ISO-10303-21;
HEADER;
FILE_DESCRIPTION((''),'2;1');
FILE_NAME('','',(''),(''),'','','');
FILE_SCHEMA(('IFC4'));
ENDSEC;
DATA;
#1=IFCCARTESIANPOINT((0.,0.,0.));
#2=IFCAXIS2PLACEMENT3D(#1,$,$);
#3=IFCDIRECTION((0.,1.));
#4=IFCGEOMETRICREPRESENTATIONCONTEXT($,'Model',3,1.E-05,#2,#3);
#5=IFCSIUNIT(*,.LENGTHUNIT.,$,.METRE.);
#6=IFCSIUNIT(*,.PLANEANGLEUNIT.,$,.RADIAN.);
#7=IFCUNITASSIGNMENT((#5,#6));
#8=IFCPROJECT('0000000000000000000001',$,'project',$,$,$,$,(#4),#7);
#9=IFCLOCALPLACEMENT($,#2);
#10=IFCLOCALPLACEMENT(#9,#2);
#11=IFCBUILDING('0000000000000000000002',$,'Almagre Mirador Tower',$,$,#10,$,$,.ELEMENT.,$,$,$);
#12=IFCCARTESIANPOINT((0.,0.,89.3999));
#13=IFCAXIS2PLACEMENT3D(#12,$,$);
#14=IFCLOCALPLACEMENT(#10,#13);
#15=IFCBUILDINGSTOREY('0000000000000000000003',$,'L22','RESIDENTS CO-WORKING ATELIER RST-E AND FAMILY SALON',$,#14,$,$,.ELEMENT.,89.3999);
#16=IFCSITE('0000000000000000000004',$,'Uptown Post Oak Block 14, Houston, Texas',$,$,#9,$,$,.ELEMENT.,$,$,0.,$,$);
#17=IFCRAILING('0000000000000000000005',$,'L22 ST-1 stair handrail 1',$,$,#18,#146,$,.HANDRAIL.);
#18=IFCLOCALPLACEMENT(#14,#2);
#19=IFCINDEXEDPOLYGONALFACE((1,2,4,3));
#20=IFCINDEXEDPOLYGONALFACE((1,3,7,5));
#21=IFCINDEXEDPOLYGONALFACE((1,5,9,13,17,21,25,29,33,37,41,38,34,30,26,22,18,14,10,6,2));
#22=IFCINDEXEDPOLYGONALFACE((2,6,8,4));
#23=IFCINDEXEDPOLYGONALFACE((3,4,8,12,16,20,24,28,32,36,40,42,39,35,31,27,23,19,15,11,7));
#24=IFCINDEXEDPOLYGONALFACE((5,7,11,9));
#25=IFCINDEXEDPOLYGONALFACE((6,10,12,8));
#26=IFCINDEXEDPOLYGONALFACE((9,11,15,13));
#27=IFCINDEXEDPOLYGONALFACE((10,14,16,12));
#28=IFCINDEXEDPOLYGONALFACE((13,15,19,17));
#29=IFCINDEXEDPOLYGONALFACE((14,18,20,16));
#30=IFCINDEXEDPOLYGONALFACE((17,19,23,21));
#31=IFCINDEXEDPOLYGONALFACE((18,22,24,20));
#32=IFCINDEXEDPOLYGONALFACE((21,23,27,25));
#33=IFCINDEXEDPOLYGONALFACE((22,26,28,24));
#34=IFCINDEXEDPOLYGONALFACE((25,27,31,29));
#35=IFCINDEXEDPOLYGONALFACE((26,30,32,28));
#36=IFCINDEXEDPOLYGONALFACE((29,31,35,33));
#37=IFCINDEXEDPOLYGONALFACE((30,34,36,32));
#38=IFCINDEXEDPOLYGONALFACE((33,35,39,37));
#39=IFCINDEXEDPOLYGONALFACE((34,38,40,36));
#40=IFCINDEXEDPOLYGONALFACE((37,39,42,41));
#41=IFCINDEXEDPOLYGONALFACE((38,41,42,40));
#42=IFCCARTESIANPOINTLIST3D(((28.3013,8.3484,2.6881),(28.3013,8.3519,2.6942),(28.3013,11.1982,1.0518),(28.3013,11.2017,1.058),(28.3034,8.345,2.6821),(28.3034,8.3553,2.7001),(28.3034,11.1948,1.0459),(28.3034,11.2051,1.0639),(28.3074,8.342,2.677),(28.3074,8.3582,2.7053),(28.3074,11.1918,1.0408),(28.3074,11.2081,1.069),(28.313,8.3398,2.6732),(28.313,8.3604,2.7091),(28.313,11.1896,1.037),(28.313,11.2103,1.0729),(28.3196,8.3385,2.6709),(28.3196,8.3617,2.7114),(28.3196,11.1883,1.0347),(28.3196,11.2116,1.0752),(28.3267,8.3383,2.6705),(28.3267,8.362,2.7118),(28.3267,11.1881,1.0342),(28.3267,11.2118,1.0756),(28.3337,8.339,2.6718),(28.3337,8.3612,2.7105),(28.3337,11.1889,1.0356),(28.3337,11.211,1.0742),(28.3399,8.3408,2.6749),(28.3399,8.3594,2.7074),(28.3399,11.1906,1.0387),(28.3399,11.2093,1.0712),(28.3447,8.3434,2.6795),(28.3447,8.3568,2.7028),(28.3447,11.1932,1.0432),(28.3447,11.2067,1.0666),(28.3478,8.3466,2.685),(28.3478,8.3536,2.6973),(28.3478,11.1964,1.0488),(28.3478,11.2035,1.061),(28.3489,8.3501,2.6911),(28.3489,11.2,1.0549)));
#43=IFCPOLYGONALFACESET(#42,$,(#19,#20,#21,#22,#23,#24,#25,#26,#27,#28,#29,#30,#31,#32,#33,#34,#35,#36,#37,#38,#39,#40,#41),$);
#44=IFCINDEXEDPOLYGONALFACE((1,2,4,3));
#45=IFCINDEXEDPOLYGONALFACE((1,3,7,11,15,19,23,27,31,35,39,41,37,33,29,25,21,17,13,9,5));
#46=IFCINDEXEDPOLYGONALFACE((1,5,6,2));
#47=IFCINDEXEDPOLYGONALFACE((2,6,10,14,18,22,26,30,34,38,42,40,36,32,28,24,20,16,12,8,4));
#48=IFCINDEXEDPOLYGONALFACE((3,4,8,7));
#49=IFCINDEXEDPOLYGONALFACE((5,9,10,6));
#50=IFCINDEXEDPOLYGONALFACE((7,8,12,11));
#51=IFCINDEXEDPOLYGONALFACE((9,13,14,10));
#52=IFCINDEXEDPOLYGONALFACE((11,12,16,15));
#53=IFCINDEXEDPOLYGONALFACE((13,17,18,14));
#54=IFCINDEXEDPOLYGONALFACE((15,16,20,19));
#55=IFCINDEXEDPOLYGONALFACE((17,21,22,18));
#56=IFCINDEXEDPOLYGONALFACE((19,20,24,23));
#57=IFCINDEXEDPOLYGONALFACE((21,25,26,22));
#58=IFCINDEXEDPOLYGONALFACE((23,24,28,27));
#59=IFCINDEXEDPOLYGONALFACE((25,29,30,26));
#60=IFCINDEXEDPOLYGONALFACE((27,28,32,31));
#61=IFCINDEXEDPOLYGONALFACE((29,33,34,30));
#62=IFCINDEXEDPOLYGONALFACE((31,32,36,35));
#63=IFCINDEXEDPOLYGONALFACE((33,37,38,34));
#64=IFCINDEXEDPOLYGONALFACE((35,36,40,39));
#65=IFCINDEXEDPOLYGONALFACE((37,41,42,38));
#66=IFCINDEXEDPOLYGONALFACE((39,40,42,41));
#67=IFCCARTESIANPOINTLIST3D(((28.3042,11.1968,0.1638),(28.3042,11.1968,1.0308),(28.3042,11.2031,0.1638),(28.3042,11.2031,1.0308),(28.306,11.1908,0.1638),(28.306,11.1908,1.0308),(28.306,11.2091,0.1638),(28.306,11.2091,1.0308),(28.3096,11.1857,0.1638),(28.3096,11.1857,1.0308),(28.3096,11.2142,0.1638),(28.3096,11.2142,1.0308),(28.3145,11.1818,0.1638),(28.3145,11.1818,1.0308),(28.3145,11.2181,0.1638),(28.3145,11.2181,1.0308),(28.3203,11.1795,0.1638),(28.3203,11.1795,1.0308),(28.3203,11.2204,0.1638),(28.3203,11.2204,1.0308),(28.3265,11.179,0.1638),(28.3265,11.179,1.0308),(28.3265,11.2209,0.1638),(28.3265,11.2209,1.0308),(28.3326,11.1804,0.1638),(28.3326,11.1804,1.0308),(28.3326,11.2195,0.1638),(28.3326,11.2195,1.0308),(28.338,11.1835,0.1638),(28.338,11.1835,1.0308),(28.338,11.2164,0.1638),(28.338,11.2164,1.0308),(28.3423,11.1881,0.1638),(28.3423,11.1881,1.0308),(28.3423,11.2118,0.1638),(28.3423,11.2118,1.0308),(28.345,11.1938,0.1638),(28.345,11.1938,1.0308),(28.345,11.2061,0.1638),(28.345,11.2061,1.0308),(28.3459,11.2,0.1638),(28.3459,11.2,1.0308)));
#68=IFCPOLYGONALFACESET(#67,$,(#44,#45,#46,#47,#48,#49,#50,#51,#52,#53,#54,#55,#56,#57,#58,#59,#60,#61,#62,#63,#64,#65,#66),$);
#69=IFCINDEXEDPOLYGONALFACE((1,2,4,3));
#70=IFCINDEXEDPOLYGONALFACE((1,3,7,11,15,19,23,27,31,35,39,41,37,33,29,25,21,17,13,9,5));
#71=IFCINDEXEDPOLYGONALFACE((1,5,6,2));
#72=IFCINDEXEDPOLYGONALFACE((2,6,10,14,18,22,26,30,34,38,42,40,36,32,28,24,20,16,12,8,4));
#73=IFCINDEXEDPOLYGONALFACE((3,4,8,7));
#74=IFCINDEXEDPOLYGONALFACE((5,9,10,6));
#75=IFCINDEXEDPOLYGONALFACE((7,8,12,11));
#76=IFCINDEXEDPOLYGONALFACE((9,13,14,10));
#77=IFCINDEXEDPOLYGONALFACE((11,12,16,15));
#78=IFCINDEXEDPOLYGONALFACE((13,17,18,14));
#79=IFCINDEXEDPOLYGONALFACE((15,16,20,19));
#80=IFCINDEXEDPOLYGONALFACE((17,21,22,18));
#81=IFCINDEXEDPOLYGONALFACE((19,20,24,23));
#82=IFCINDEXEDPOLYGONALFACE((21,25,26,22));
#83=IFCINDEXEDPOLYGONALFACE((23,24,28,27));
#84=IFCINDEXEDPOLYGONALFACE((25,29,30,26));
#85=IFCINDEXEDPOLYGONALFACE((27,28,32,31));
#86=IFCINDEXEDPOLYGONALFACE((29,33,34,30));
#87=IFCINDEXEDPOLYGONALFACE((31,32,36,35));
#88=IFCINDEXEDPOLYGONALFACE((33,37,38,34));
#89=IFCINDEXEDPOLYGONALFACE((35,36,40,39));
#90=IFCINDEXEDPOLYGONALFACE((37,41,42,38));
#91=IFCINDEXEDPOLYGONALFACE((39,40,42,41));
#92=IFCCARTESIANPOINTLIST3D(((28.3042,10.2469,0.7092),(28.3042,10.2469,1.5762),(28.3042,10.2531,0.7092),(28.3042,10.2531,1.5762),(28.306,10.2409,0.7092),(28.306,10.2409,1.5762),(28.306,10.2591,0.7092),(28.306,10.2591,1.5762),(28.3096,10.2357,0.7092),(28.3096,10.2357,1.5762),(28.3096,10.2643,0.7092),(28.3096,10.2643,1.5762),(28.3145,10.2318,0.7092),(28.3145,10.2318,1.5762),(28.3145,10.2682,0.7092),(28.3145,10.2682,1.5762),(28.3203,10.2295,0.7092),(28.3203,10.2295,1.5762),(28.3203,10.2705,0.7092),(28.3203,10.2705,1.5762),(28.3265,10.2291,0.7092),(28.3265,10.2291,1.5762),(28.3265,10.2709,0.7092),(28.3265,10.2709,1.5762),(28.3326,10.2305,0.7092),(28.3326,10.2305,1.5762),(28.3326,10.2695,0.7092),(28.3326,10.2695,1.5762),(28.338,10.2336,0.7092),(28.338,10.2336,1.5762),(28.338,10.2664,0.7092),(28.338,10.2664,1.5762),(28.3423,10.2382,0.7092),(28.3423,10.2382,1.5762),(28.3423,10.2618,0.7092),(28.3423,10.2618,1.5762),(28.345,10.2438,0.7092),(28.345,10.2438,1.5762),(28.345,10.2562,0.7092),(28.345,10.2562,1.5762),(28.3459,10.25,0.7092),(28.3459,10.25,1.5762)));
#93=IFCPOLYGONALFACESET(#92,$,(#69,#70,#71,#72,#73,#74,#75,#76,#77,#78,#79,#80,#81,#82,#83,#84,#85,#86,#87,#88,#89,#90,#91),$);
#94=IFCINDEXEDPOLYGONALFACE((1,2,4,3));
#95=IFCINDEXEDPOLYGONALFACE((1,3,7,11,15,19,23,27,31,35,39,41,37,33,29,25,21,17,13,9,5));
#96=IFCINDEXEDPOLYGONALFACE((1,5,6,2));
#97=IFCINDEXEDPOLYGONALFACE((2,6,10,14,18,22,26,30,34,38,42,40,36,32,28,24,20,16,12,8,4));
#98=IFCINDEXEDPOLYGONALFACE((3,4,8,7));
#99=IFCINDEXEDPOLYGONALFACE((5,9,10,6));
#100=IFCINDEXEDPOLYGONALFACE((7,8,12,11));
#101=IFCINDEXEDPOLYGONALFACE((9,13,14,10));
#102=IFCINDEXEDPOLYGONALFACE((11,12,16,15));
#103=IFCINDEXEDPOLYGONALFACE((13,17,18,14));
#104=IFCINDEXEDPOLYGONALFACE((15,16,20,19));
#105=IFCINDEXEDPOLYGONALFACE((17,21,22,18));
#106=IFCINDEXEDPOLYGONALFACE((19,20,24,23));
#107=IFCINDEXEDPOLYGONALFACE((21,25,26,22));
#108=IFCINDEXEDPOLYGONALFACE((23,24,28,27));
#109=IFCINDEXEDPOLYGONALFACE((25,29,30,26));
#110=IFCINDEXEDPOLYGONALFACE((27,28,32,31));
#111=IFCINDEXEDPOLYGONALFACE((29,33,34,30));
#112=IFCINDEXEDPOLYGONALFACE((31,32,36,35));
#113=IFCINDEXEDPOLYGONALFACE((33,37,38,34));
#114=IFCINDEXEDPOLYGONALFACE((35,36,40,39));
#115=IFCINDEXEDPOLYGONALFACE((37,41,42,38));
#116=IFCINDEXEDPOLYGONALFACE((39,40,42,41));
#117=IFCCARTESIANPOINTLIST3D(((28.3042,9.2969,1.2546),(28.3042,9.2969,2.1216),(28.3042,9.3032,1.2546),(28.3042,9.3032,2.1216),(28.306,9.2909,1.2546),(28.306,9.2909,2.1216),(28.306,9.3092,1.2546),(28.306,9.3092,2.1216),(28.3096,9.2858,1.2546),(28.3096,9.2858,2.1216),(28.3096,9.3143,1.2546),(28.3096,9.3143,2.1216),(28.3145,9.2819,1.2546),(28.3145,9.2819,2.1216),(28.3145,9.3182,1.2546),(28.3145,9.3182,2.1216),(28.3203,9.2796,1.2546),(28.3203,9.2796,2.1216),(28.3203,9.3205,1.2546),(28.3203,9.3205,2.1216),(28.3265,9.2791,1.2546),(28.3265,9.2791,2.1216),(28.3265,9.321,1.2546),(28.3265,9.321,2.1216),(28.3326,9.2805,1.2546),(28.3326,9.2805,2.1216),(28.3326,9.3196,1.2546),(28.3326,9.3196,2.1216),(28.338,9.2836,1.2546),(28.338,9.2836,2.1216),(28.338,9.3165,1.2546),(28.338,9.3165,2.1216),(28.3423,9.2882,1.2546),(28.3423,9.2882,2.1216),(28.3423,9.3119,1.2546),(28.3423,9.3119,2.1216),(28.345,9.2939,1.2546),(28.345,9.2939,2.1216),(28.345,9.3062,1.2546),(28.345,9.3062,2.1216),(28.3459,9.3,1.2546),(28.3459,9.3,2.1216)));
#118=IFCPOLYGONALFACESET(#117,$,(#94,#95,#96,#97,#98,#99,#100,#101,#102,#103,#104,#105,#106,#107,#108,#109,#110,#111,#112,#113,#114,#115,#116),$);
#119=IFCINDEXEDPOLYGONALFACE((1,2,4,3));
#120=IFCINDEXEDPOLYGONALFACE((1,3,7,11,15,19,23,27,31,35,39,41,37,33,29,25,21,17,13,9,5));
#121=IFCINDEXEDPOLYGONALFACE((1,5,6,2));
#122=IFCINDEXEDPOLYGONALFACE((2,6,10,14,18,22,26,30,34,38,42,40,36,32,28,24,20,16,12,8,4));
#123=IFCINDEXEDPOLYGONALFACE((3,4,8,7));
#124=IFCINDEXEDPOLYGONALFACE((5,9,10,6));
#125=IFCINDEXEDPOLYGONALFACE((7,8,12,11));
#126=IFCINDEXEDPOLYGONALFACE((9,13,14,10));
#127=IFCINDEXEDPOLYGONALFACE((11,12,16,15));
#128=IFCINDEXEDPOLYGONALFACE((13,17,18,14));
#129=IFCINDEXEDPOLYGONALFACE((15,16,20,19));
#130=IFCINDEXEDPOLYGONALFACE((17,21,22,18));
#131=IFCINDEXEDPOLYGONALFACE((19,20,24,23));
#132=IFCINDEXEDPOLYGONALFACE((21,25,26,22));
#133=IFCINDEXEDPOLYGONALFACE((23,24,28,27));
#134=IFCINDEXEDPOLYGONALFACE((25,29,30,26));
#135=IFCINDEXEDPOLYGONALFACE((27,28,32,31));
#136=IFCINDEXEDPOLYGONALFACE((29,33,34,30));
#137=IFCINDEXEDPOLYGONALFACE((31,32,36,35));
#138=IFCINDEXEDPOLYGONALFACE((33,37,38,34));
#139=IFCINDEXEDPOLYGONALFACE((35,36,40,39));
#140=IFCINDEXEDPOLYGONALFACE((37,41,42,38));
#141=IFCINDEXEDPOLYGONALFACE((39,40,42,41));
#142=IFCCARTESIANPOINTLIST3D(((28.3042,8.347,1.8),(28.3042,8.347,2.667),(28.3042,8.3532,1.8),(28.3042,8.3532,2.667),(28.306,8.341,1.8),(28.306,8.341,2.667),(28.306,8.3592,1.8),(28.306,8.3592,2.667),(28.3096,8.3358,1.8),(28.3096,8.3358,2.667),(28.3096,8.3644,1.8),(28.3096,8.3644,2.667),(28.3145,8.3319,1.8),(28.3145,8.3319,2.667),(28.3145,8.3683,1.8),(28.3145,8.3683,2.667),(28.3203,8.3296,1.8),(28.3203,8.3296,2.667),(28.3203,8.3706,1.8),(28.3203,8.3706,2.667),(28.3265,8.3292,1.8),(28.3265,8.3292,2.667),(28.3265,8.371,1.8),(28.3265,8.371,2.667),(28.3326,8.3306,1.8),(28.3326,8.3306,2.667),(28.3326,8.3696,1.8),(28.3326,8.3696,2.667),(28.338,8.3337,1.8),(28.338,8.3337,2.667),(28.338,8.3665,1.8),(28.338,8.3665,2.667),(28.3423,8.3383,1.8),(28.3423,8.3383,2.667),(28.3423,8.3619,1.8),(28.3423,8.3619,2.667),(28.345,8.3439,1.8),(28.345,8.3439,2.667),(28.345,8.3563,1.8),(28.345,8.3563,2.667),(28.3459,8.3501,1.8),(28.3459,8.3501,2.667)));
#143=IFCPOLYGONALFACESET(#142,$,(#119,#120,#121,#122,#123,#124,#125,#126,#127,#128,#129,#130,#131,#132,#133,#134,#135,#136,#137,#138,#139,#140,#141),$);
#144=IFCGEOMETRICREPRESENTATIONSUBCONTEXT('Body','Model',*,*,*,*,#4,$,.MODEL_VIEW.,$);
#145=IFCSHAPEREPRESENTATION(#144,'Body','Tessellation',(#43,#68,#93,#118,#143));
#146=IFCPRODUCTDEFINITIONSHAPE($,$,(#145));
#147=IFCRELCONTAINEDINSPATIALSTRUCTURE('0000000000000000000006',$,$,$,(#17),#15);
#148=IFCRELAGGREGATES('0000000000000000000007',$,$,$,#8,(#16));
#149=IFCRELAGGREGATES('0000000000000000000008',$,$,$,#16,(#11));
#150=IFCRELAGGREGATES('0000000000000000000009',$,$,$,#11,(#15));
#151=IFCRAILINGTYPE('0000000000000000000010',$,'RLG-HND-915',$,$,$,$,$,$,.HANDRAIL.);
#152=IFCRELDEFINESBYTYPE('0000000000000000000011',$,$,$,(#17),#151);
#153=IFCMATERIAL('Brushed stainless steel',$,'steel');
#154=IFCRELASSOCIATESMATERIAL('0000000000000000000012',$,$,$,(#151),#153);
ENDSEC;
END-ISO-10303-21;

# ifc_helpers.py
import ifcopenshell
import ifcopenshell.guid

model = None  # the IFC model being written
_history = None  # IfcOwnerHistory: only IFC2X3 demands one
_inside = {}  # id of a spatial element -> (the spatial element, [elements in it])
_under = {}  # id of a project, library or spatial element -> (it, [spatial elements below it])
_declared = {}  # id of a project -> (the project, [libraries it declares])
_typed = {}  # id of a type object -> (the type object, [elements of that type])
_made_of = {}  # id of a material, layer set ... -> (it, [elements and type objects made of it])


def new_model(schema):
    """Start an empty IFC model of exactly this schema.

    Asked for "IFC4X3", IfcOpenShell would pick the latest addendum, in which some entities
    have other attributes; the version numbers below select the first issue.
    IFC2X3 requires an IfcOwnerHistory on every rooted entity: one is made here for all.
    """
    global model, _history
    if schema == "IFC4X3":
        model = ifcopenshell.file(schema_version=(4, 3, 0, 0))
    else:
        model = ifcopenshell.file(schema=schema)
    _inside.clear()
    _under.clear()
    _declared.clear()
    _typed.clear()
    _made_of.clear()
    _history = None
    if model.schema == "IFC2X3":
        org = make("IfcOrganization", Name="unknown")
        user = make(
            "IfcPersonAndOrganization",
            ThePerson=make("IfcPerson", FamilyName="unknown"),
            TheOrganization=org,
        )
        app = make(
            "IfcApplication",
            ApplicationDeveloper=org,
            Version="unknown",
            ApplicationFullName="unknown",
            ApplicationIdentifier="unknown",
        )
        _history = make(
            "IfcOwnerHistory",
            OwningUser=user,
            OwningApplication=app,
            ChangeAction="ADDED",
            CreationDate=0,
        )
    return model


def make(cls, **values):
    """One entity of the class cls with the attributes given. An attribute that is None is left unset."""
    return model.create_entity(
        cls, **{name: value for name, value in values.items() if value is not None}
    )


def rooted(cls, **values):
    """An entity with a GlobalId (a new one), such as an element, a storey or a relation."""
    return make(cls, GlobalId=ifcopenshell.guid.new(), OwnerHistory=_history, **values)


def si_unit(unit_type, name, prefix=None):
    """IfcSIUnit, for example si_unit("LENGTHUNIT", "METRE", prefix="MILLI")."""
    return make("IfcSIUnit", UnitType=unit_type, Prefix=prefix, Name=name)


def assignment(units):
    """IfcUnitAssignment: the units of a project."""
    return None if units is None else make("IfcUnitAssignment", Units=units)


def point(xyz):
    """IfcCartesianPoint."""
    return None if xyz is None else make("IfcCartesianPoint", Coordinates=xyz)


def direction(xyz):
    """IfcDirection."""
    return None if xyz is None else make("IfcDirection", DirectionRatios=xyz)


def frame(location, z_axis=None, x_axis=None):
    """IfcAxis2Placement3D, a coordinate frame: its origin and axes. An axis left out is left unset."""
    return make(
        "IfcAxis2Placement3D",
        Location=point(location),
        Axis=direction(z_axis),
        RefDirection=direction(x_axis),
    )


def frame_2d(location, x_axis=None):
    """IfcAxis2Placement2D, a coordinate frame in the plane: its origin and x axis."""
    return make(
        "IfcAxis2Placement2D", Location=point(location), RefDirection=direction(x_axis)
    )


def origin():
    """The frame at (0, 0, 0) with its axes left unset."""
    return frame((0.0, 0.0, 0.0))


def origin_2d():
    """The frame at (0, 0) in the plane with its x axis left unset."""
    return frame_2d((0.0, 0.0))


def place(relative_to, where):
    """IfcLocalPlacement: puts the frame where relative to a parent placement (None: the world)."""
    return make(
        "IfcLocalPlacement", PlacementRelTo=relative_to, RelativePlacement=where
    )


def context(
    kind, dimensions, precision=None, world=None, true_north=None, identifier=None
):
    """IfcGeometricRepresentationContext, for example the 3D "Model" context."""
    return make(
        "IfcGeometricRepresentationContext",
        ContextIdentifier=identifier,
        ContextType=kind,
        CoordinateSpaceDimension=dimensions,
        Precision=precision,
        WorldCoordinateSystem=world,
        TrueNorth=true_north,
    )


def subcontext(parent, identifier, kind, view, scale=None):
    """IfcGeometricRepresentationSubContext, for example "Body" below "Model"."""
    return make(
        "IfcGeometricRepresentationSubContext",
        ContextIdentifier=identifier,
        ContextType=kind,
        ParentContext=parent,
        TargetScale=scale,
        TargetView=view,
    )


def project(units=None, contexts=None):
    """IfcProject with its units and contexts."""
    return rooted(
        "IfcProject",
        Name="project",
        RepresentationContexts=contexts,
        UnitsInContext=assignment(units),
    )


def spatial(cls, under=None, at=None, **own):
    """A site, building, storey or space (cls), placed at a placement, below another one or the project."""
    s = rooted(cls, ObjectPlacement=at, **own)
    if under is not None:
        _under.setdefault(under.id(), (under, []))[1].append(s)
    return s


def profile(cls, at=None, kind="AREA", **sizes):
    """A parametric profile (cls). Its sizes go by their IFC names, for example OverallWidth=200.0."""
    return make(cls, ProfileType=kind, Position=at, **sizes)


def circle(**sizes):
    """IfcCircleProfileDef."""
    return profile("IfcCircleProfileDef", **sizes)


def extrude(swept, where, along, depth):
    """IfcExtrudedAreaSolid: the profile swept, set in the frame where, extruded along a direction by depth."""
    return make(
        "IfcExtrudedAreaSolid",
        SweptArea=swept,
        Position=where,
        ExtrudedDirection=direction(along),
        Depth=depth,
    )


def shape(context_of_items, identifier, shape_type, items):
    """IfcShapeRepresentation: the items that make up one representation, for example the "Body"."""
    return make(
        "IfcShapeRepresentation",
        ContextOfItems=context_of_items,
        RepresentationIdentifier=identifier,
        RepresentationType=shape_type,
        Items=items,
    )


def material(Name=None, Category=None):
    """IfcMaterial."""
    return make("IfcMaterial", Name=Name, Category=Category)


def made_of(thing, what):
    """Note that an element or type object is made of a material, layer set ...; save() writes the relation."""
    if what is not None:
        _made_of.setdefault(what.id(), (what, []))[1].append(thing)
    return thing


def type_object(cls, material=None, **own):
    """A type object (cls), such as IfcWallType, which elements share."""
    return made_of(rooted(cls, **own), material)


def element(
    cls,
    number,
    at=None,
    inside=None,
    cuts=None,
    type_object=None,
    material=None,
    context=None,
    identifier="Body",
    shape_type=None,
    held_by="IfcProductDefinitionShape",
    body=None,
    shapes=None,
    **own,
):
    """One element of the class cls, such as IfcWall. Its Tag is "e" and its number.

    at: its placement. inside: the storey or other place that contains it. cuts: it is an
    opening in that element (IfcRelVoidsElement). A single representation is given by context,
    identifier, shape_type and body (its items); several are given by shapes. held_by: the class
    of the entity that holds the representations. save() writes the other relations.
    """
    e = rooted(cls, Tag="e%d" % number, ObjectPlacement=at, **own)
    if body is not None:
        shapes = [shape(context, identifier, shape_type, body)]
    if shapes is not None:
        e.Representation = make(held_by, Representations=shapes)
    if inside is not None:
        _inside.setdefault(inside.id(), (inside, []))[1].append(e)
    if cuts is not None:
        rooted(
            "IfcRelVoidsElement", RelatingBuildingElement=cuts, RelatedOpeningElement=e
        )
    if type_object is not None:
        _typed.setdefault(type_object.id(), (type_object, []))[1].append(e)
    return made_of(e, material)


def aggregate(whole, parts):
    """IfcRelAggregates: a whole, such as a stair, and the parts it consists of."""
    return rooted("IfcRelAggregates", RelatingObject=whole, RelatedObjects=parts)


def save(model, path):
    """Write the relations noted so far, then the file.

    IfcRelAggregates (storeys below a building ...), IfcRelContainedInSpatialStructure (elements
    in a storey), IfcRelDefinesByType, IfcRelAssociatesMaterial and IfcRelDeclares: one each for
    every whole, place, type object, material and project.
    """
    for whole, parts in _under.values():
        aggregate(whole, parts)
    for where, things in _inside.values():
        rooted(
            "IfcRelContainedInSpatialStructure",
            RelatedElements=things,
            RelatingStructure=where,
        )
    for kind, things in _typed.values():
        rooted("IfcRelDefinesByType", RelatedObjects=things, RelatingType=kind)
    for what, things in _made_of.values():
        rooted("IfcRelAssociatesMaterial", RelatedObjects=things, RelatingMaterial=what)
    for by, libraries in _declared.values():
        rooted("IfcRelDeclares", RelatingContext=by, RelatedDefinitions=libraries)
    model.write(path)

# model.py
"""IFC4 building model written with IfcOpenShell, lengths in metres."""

from ifc_helpers import new_model, si_unit, direction, frame, origin, origin_2d, place, context, subcontext, project, spatial, circle, extrude, material, type_object, element, save


model = new_model("IFC4")

# Units and contexts
model_context = context("Model", 3, precision=1e-05, world=origin(), true_north=direction((0.0, 1.0)))
body_context = subcontext(model_context, "Body", "Model", "MODEL_VIEW")
ifc_project = project(units=[si_unit("LENGTHUNIT", "METRE"), si_unit("PLANEANGLEUNIT", "RADIAN")], contexts=[model_context])

# Site, building, storey
site_placement = place(None, origin())
site = spatial("IfcSite", under=ifc_project, at=site_placement, Name="Uptown Post Oak Block 14, Houston, Texas", CompositionType="ELEMENT", RefElevation=0.0)
building_placement = place(site_placement, origin())
building = spatial("IfcBuilding", under=site, at=building_placement, Name="Almagre Mirador Tower", CompositionType="ELEMENT")
storey_placement = place(building_placement, frame((0.0, 0.0, 89.3999)))
storey = spatial("IfcBuildingStorey", under=building, at=storey_placement, Name="L22", Description="RESIDENTS CO-WORKING ATELIER RST-E AND FAMILY SALON", CompositionType="ELEMENT", Elevation=89.3999)

# Railing
ifc_material_1 = material(Name="Brushed stainless steel", Category="steel")
railing_type_1 = type_object("IfcRailingType", Name="RLG-HND-915", PredefinedType="HANDRAIL", material=ifc_material_1)
railing_1_placement = place(storey_placement, frame((28.325, 11.2, 0.1638)))
element("IfcRailing", 1, at=railing_1_placement, inside=storey, type_object=railing_type_1, Name="L22 ST-1 stair handrail 1", PredefinedType="HANDRAIL", context=body_context, shape_type="SweptSolid", body=[
    extrude(circle(Radius=0.0239, at=origin_2d()), frame((0.0, 0.0, 0.8911), z_axis=(0.0, -0.867226, 0.497914), x_axis=(1.0, 0.0, 0.0)), (0.0, 0.0, 1.0), 3.2861),
    extrude(circle(Radius=0.021, at=origin_2d()), origin(), (0.0, 0.0, 1.0), 0.8669),
    extrude(circle(Radius=0.021, at=origin_2d()), frame((0.0, -0.95, 0.5454)), (0.0, 0.0, 1.0), 0.8669),
    extrude(circle(Radius=0.021, at=origin_2d()), frame((0.0, -1.8999, 1.0908)), (0.0, 0.0, 1.0), 0.8669),
    extrude(circle(Radius=0.021, at=origin_2d()), frame((0.0, -2.8499, 1.6362)), (0.0, 0.0, 1.0), 0.8669),
])

save(model, "model.ifc")
